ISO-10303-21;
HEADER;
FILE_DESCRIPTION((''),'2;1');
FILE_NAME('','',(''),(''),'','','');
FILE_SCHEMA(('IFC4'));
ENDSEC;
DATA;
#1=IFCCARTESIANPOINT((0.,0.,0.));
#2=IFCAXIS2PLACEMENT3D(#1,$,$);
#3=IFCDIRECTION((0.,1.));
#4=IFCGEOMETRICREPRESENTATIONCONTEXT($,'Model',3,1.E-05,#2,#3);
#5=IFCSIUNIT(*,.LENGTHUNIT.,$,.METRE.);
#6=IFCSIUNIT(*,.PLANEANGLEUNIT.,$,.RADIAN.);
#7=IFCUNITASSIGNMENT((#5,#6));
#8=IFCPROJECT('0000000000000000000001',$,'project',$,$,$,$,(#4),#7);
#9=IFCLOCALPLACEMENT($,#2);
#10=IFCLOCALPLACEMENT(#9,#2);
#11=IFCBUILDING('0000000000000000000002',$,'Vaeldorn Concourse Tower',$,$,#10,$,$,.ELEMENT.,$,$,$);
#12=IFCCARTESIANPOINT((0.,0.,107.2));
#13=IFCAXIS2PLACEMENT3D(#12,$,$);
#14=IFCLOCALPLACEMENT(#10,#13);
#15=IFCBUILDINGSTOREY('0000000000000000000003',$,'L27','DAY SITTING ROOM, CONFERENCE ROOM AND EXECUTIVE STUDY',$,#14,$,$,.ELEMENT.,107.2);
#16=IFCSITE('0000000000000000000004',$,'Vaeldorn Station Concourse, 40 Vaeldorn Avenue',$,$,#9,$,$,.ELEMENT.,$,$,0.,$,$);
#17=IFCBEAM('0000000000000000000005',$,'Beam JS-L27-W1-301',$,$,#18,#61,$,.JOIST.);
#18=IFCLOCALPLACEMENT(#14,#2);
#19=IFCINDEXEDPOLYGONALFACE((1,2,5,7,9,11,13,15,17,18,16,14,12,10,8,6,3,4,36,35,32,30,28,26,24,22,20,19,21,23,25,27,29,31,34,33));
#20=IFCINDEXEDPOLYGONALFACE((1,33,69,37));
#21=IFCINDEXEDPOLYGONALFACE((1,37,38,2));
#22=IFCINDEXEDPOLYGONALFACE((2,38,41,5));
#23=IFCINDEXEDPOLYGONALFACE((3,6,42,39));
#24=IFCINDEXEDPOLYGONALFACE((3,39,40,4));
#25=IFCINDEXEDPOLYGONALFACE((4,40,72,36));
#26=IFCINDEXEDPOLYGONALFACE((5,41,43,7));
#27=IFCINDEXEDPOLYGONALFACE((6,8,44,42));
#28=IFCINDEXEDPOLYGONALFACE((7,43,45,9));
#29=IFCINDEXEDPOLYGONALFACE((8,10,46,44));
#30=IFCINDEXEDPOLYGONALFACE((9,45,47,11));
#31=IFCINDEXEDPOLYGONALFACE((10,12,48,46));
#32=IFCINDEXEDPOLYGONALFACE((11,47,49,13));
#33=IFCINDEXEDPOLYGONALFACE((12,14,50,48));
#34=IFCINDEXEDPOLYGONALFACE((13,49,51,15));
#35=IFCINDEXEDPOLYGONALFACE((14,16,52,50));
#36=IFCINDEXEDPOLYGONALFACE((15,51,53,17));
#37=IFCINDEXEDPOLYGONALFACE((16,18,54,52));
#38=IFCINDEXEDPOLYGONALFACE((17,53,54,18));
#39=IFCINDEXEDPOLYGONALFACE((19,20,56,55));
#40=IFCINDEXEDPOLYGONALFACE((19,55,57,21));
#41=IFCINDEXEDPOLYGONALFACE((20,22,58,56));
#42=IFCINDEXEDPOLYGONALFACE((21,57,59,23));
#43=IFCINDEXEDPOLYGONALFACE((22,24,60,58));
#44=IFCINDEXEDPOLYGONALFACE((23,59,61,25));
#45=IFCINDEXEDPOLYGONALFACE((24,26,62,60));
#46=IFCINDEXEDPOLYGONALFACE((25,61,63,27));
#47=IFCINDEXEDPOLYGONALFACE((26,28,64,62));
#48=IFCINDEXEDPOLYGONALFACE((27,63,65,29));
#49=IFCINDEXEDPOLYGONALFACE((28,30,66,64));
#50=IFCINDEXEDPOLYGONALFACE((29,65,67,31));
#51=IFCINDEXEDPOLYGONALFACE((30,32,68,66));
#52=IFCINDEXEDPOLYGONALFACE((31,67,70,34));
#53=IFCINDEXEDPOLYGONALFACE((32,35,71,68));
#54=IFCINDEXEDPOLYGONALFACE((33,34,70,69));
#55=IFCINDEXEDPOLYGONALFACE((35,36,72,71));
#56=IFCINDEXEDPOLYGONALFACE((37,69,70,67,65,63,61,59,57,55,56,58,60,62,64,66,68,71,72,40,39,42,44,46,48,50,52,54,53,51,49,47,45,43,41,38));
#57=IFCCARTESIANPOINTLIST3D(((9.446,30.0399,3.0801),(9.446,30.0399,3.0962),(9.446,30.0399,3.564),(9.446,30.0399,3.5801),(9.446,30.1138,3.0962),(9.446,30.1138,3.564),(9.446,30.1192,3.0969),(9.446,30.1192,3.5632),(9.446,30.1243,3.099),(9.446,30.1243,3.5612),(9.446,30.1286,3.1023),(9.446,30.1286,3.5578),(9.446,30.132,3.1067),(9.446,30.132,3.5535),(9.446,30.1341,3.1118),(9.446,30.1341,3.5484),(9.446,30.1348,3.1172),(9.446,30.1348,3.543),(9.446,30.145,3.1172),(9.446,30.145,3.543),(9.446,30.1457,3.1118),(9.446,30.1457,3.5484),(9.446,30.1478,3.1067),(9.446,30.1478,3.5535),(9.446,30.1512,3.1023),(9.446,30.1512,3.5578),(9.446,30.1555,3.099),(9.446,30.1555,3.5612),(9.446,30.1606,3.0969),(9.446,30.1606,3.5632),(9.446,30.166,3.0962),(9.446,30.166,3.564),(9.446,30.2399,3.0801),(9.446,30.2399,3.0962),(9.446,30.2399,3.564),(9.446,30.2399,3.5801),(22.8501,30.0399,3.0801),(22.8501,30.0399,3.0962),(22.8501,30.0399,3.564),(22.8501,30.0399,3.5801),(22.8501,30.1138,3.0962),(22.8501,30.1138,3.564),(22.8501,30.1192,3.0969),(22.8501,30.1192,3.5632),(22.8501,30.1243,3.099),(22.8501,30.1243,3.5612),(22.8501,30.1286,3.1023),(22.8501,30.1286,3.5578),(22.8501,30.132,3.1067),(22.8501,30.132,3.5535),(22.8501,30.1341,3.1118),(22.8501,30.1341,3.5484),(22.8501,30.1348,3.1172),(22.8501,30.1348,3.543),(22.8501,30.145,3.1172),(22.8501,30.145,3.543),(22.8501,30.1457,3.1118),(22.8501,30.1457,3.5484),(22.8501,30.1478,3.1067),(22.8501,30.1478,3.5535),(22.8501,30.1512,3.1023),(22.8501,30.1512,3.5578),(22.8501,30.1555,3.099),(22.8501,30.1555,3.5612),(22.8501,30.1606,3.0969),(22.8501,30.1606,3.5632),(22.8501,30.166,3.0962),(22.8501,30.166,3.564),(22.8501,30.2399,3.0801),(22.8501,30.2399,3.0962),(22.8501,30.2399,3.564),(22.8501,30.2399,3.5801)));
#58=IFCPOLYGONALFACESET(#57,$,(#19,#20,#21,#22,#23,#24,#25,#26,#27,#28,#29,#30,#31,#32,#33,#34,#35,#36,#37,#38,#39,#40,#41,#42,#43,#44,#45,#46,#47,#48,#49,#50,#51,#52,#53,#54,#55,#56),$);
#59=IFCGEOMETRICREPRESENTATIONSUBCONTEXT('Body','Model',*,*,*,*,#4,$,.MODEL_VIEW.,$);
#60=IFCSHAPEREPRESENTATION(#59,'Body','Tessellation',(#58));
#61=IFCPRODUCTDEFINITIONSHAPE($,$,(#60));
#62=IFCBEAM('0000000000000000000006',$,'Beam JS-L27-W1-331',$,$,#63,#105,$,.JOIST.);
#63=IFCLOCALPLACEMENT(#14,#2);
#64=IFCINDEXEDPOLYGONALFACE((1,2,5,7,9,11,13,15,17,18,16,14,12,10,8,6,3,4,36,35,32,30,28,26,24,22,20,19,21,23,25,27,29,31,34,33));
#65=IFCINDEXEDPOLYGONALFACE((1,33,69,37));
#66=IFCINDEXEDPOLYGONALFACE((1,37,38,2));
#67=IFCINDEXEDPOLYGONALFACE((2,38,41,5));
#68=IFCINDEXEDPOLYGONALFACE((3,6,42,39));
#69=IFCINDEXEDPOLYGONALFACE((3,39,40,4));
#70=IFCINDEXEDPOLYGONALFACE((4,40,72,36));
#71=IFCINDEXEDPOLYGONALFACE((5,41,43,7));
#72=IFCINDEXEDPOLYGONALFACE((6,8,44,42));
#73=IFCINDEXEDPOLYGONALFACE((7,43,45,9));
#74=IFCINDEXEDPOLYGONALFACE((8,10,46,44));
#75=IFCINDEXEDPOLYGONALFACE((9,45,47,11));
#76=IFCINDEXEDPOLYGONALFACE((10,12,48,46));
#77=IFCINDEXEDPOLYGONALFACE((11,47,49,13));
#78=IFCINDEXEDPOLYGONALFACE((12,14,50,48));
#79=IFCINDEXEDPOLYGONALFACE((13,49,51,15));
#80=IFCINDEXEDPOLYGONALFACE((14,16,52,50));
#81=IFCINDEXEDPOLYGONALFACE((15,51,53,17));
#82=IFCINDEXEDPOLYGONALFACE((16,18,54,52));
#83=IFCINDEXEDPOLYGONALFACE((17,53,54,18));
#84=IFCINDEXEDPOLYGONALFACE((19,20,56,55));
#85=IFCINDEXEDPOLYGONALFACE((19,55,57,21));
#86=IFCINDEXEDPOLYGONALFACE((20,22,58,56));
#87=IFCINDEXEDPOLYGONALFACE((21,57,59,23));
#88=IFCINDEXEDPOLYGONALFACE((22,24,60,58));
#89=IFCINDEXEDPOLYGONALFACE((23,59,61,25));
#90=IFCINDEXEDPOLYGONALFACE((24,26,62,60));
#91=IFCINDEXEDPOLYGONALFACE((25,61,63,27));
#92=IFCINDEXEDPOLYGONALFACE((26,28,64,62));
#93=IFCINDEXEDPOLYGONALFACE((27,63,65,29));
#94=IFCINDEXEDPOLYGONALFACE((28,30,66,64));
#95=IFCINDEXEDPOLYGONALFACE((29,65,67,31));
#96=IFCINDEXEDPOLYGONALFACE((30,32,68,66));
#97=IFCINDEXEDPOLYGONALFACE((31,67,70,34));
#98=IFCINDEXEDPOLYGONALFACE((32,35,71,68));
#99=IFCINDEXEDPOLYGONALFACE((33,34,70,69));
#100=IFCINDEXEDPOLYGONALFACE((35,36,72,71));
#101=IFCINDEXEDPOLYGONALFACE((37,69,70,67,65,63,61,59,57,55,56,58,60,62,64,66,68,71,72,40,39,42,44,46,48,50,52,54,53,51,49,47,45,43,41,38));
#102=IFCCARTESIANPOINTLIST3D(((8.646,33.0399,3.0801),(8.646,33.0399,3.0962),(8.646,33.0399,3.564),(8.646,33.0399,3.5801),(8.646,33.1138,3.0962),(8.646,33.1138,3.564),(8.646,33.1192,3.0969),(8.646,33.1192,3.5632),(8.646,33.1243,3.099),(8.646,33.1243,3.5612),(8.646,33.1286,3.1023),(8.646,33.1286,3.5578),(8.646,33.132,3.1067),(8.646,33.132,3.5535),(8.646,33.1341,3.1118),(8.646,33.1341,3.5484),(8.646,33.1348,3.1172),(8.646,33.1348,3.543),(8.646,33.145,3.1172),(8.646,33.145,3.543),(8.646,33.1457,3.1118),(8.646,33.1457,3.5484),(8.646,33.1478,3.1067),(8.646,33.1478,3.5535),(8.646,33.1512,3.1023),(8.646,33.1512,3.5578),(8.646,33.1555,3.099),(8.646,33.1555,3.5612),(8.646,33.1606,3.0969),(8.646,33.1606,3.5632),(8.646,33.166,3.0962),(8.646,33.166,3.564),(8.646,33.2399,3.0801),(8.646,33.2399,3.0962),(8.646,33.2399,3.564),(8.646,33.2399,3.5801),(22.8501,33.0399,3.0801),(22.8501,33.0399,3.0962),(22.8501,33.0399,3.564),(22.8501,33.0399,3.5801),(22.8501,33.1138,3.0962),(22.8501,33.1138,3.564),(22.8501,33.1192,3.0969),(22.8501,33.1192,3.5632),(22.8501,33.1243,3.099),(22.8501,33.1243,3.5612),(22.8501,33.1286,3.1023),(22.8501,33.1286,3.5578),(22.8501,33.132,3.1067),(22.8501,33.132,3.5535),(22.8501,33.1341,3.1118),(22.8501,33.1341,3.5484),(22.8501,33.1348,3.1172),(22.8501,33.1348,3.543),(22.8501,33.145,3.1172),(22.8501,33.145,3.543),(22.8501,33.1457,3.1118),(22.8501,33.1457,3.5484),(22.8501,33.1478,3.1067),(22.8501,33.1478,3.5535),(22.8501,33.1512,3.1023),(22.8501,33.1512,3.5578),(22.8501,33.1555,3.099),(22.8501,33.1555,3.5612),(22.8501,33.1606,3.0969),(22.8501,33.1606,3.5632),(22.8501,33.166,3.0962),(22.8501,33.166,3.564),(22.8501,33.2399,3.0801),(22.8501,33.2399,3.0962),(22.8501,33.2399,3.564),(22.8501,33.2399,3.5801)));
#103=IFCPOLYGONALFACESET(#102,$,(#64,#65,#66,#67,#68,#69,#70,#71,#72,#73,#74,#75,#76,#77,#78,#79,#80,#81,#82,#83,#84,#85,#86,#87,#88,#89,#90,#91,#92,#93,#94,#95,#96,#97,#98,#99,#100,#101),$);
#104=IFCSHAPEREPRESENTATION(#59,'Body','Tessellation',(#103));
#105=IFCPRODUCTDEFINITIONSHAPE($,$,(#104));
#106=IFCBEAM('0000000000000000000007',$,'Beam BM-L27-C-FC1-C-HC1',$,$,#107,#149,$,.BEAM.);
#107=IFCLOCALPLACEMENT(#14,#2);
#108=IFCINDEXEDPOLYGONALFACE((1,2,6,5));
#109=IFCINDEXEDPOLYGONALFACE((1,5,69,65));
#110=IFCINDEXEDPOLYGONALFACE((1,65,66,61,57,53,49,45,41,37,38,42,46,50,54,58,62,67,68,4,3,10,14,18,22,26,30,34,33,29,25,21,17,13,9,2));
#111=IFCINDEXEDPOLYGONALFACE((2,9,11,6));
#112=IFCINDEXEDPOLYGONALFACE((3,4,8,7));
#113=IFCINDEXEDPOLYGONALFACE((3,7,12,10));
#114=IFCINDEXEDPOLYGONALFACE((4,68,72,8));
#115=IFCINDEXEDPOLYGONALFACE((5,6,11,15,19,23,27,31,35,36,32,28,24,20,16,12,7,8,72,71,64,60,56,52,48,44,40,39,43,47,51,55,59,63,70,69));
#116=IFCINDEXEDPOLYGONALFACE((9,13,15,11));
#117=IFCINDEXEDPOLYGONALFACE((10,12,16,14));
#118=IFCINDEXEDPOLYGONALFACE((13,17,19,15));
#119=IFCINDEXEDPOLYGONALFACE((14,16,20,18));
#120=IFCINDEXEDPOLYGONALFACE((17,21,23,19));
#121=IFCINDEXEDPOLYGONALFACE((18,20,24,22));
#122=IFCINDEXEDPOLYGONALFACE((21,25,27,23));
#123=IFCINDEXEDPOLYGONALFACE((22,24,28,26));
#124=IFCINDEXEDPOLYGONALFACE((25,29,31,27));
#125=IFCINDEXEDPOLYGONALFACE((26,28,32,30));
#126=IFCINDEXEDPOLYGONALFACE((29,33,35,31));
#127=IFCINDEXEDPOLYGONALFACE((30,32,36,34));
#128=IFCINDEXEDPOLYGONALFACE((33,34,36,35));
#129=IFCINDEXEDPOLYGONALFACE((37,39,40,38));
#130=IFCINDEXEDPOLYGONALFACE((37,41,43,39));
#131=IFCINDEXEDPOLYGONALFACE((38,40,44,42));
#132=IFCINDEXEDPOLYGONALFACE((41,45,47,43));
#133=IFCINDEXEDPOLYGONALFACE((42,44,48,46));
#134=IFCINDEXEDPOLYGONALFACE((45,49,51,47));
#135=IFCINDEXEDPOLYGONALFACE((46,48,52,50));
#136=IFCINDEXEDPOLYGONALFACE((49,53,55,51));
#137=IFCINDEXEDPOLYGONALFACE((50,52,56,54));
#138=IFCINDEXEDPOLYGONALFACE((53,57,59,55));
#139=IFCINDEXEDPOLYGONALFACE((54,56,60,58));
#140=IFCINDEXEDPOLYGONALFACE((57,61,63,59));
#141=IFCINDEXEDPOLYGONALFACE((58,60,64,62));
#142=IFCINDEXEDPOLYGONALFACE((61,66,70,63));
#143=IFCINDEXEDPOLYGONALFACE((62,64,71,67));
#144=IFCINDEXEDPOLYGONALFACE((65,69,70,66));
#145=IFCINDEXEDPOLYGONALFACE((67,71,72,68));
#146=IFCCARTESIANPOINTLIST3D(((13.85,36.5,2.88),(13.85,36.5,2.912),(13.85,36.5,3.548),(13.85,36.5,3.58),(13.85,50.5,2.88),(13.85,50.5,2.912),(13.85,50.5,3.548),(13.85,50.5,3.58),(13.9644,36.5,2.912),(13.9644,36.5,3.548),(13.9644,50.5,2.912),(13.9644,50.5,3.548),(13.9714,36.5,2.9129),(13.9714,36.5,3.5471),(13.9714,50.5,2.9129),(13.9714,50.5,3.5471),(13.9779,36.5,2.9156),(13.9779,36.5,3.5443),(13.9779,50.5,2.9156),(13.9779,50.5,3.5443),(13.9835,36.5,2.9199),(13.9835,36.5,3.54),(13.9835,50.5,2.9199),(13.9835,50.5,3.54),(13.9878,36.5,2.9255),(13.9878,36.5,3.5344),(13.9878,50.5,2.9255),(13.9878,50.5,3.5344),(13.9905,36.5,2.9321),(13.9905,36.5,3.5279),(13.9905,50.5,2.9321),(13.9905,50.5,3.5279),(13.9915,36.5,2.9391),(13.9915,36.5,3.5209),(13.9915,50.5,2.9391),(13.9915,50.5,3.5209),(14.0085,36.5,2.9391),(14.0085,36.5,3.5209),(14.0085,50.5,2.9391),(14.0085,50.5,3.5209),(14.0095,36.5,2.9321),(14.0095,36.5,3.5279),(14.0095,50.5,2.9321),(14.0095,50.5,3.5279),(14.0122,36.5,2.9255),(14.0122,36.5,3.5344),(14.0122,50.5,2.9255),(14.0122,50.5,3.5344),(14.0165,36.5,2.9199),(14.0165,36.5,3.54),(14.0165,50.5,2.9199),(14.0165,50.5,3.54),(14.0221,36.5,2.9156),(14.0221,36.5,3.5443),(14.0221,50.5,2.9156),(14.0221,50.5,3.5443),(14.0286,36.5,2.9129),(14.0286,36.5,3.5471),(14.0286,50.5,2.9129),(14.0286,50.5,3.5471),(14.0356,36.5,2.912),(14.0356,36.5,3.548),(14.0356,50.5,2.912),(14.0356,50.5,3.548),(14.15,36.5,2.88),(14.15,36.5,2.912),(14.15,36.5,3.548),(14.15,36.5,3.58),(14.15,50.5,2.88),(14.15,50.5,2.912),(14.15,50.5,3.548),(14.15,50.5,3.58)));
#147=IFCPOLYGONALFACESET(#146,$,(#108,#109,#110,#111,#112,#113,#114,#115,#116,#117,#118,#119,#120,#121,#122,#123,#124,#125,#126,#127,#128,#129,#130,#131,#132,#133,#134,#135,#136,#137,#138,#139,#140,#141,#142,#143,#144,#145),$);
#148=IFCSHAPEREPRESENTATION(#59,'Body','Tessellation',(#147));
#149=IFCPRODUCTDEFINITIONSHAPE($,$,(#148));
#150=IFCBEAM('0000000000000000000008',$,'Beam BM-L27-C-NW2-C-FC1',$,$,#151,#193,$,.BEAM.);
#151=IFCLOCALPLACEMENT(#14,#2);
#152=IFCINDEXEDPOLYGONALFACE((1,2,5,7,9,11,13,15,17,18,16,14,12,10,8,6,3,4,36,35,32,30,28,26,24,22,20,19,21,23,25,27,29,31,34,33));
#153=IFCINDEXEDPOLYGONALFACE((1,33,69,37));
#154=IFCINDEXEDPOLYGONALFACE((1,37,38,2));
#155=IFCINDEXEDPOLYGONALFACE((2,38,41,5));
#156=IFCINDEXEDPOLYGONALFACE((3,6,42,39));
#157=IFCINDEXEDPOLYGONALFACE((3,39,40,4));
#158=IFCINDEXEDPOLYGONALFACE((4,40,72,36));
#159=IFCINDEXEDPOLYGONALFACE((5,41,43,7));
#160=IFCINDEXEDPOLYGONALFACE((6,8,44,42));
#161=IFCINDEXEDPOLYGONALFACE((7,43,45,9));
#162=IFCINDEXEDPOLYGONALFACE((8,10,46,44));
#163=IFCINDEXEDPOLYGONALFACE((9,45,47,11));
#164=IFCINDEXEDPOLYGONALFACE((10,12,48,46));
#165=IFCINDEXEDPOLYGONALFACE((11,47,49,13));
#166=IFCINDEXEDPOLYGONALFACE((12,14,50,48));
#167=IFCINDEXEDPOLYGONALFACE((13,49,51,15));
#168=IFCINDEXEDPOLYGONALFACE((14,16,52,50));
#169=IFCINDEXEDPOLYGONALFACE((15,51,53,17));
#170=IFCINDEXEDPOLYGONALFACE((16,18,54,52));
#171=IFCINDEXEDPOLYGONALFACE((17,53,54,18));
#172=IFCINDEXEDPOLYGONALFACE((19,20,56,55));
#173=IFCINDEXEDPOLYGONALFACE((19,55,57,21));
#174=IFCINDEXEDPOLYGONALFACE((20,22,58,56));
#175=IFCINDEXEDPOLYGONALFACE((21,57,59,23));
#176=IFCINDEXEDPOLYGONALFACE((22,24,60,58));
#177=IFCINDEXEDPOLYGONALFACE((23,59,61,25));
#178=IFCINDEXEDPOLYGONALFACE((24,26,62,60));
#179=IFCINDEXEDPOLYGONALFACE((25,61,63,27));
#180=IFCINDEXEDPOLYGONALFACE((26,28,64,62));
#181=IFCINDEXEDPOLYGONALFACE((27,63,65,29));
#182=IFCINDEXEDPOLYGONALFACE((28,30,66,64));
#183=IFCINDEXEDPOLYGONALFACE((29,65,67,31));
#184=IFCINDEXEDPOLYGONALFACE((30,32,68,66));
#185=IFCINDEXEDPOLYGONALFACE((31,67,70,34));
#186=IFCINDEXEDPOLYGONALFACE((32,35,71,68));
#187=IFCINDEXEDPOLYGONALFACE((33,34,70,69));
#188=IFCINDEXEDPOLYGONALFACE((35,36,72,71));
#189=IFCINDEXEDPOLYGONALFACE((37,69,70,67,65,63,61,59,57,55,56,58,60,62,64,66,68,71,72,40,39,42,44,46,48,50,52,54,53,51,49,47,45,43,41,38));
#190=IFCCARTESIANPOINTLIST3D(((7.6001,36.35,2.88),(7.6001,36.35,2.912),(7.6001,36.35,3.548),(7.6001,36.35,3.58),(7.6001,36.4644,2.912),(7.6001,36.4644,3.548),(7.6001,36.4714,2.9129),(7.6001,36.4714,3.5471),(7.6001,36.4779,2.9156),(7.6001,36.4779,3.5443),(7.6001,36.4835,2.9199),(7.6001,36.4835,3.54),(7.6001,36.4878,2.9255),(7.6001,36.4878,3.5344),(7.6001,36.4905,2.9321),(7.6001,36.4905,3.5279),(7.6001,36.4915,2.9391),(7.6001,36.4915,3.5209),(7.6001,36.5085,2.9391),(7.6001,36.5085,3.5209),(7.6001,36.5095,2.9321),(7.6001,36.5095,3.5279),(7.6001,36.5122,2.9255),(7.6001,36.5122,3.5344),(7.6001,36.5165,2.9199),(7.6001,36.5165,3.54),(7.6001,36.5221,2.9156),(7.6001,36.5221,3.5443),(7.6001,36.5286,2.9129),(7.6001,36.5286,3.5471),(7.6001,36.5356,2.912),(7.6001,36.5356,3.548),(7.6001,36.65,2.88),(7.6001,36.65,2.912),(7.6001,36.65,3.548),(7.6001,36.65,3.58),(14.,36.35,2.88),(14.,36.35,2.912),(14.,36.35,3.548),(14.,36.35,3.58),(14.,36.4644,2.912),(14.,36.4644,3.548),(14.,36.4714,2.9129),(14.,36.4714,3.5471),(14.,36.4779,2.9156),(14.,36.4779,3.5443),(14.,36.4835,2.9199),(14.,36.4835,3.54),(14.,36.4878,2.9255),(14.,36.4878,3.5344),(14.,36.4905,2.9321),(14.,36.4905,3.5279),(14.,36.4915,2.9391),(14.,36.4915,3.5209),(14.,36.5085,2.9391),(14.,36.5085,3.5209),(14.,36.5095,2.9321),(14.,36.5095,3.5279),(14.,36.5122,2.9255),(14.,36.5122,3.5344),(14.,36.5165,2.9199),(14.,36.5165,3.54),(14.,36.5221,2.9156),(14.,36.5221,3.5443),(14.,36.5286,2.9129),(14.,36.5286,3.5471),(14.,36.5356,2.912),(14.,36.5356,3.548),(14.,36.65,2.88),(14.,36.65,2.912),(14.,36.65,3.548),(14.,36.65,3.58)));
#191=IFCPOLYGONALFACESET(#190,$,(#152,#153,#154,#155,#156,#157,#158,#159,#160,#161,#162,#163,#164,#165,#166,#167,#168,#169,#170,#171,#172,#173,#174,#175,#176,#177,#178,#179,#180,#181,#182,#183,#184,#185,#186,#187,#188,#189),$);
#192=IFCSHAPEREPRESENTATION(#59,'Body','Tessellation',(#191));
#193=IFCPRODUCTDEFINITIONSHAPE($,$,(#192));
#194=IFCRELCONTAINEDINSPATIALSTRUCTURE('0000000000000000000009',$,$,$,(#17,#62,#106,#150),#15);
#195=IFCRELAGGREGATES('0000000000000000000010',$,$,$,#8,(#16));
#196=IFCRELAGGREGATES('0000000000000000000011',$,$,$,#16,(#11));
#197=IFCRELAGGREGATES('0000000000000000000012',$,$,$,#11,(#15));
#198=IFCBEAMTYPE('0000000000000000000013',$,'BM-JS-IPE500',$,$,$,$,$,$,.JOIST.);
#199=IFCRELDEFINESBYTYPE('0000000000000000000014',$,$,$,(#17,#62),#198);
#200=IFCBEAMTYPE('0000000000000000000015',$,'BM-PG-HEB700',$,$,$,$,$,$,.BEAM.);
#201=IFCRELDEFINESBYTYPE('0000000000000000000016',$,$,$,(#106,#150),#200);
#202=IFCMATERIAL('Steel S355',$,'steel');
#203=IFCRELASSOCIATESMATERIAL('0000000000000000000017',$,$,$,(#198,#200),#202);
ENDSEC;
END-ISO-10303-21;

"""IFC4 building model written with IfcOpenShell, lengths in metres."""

from ifc_helpers import new_model, si_unit, direction, frame, origin, origin_2d, place, context, subcontext, project, spatial, i_section, extrude, source, transform, mapped, material, material_profile, profile_set, type_object, element, save


model = new_model("IFC4")

# Units and contexts
model_context = context("Model", 3, precision=1e-05, world=origin(), true_north=direction((0.0, 1.0)))
body_context = subcontext(model_context, "Body", "Model", "MODEL_VIEW")
ifc_project = project(units=[si_unit("LENGTHUNIT", "METRE"), si_unit("PLANEANGLEUNIT", "RADIAN")], contexts=[model_context])

# Site, building, storey
site_placement = place(None, origin())
site = spatial("IfcSite", under=ifc_project, at=site_placement, Name="Vaeldorn Station Concourse, 40 Vaeldorn Avenue", CompositionType="ELEMENT", RefElevation=0.0)
building_placement = place(site_placement, origin())
building = spatial("IfcBuilding", under=site, at=building_placement, Name="Vaeldorn Concourse Tower", CompositionType="ELEMENT")
storey_placement = place(building_placement, frame((0.0, 0.0, 107.2)))
storey = spatial("IfcBuildingStorey", under=building, at=storey_placement, Name="L27", Description="DAY SITTING ROOM, CONFERENCE ROOM AND EXECUTIVE STUDY", CompositionType="ELEMENT", Elevation=107.2)

# Beams
ifc_material_1 = material(Name="Steel S355", Category="steel")
ifc_material_profile_1 = material_profile(ifc_material_1, i_section(OverallWidth=0.2, OverallDepth=0.5, WebThickness=0.0103, FlangeThickness=0.0161, FilletRadius=0.021, at=origin_2d()), Name="IPE 500")
ifc_profile_set_1 = profile_set([ifc_material_profile_1], Name="Steel S355")
beam_type_1 = type_object("IfcBeamType", Name="BM-JS-IPE500", PredefinedType="JOIST", material=ifc_profile_set_1)
shared_shape_1 = source(origin(), body_context, "Body", "SweptSolid", [
    extrude(i_section(OverallWidth=0.2, OverallDepth=0.5, WebThickness=0.0103, FlangeThickness=0.0161, FilletRadius=0.021, at=origin_2d()), origin(), (0.0, 0.0, 1.0), 13.4041),
])
beam_1_placement = place(storey_placement, frame((9.446, 30.1399, 3.3301), z_axis=(1.0, 0.0, 0.0), x_axis=(0.0, 1.0, 0.0)))
element("IfcBeam", 1, at=beam_1_placement, inside=storey, type_object=beam_type_1, Name="Beam JS-L27-W1-301", PredefinedType="JOIST", context=body_context, shape_type="MappedRepresentation", body=[
    mapped(shared_shape_1, transform((0.0, 0.0, 0.0), scale=1.0)),
])
shared_shape_2 = source(origin(), body_context, "Body", "SweptSolid", [
    extrude(i_section(OverallWidth=0.2, OverallDepth=0.5, WebThickness=0.0103, FlangeThickness=0.0161, FilletRadius=0.021, at=origin_2d()), origin(), (0.0, 0.0, 1.0), 14.2041),
])
beam_2_placement = place(storey_placement, frame((8.646, 33.1399, 3.3301), z_axis=(1.0, 0.0, 0.0), x_axis=(0.0, 1.0, 0.0)))
element("IfcBeam", 2, at=beam_2_placement, inside=storey, type_object=beam_type_1, Name="Beam JS-L27-W1-331", PredefinedType="JOIST", context=body_context, shape_type="MappedRepresentation", body=[
    mapped(shared_shape_2, transform((0.0, 0.0, 0.0), scale=1.0)),
])
ifc_material_profile_2 = material_profile(ifc_material_1, i_section(OverallWidth=0.3, OverallDepth=0.7, WebThickness=0.0171, FlangeThickness=0.032, FilletRadius=0.0271, at=origin_2d()), Name="HEB 700")
ifc_profile_set_2 = profile_set([ifc_material_profile_2], Name="Steel S355")
beam_type_2 = type_object("IfcBeamType", Name="BM-PG-HEB700", PredefinedType="BEAM", material=ifc_profile_set_2)
shared_shape_3 = source(origin(), body_context, "Body", "SweptSolid", [
    extrude(i_section(OverallWidth=0.3, OverallDepth=0.7, WebThickness=0.0171, FlangeThickness=0.032, FilletRadius=0.0271, at=origin_2d()), origin(), (0.0, 0.0, 1.0), 14.0),
])
beam_3_placement = place(storey_placement, frame((14.0, 36.5, 3.23), z_axis=(0.0, 1.0, 0.0), x_axis=(-1.0, 0.0, 0.0)))
element("IfcBeam", 3, at=beam_3_placement, inside=storey, type_object=beam_type_2, Name="Beam BM-L27-C-FC1-C-HC1", PredefinedType="BEAM", context=body_context, shape_type="MappedRepresentation", body=[
    mapped(shared_shape_3, transform((0.0, 0.0, 0.0), scale=1.0)),
])
shared_shape_4 = source(origin(), body_context, "Body", "SweptSolid", [
    extrude(i_section(OverallWidth=0.3, OverallDepth=0.7, WebThickness=0.0171, FlangeThickness=0.032, FilletRadius=0.0271, at=origin_2d()), origin(), (0.0, 0.0, 1.0), 6.3999),
])
beam_4_placement = place(storey_placement, frame((7.6001, 36.5, 3.23), z_axis=(1.0, 0.0, 0.0), x_axis=(0.0, 1.0, 0.0)))
element("IfcBeam", 4, at=beam_4_placement, inside=storey, type_object=beam_type_2, Name="Beam BM-L27-C-NW2-C-FC1", PredefinedType="BEAM", context=body_context, shape_type="MappedRepresentation", body=[
    mapped(shared_shape_4, transform((0.0, 0.0, 0.0), scale=1.0)),
])

save(model, "model.ifc")
